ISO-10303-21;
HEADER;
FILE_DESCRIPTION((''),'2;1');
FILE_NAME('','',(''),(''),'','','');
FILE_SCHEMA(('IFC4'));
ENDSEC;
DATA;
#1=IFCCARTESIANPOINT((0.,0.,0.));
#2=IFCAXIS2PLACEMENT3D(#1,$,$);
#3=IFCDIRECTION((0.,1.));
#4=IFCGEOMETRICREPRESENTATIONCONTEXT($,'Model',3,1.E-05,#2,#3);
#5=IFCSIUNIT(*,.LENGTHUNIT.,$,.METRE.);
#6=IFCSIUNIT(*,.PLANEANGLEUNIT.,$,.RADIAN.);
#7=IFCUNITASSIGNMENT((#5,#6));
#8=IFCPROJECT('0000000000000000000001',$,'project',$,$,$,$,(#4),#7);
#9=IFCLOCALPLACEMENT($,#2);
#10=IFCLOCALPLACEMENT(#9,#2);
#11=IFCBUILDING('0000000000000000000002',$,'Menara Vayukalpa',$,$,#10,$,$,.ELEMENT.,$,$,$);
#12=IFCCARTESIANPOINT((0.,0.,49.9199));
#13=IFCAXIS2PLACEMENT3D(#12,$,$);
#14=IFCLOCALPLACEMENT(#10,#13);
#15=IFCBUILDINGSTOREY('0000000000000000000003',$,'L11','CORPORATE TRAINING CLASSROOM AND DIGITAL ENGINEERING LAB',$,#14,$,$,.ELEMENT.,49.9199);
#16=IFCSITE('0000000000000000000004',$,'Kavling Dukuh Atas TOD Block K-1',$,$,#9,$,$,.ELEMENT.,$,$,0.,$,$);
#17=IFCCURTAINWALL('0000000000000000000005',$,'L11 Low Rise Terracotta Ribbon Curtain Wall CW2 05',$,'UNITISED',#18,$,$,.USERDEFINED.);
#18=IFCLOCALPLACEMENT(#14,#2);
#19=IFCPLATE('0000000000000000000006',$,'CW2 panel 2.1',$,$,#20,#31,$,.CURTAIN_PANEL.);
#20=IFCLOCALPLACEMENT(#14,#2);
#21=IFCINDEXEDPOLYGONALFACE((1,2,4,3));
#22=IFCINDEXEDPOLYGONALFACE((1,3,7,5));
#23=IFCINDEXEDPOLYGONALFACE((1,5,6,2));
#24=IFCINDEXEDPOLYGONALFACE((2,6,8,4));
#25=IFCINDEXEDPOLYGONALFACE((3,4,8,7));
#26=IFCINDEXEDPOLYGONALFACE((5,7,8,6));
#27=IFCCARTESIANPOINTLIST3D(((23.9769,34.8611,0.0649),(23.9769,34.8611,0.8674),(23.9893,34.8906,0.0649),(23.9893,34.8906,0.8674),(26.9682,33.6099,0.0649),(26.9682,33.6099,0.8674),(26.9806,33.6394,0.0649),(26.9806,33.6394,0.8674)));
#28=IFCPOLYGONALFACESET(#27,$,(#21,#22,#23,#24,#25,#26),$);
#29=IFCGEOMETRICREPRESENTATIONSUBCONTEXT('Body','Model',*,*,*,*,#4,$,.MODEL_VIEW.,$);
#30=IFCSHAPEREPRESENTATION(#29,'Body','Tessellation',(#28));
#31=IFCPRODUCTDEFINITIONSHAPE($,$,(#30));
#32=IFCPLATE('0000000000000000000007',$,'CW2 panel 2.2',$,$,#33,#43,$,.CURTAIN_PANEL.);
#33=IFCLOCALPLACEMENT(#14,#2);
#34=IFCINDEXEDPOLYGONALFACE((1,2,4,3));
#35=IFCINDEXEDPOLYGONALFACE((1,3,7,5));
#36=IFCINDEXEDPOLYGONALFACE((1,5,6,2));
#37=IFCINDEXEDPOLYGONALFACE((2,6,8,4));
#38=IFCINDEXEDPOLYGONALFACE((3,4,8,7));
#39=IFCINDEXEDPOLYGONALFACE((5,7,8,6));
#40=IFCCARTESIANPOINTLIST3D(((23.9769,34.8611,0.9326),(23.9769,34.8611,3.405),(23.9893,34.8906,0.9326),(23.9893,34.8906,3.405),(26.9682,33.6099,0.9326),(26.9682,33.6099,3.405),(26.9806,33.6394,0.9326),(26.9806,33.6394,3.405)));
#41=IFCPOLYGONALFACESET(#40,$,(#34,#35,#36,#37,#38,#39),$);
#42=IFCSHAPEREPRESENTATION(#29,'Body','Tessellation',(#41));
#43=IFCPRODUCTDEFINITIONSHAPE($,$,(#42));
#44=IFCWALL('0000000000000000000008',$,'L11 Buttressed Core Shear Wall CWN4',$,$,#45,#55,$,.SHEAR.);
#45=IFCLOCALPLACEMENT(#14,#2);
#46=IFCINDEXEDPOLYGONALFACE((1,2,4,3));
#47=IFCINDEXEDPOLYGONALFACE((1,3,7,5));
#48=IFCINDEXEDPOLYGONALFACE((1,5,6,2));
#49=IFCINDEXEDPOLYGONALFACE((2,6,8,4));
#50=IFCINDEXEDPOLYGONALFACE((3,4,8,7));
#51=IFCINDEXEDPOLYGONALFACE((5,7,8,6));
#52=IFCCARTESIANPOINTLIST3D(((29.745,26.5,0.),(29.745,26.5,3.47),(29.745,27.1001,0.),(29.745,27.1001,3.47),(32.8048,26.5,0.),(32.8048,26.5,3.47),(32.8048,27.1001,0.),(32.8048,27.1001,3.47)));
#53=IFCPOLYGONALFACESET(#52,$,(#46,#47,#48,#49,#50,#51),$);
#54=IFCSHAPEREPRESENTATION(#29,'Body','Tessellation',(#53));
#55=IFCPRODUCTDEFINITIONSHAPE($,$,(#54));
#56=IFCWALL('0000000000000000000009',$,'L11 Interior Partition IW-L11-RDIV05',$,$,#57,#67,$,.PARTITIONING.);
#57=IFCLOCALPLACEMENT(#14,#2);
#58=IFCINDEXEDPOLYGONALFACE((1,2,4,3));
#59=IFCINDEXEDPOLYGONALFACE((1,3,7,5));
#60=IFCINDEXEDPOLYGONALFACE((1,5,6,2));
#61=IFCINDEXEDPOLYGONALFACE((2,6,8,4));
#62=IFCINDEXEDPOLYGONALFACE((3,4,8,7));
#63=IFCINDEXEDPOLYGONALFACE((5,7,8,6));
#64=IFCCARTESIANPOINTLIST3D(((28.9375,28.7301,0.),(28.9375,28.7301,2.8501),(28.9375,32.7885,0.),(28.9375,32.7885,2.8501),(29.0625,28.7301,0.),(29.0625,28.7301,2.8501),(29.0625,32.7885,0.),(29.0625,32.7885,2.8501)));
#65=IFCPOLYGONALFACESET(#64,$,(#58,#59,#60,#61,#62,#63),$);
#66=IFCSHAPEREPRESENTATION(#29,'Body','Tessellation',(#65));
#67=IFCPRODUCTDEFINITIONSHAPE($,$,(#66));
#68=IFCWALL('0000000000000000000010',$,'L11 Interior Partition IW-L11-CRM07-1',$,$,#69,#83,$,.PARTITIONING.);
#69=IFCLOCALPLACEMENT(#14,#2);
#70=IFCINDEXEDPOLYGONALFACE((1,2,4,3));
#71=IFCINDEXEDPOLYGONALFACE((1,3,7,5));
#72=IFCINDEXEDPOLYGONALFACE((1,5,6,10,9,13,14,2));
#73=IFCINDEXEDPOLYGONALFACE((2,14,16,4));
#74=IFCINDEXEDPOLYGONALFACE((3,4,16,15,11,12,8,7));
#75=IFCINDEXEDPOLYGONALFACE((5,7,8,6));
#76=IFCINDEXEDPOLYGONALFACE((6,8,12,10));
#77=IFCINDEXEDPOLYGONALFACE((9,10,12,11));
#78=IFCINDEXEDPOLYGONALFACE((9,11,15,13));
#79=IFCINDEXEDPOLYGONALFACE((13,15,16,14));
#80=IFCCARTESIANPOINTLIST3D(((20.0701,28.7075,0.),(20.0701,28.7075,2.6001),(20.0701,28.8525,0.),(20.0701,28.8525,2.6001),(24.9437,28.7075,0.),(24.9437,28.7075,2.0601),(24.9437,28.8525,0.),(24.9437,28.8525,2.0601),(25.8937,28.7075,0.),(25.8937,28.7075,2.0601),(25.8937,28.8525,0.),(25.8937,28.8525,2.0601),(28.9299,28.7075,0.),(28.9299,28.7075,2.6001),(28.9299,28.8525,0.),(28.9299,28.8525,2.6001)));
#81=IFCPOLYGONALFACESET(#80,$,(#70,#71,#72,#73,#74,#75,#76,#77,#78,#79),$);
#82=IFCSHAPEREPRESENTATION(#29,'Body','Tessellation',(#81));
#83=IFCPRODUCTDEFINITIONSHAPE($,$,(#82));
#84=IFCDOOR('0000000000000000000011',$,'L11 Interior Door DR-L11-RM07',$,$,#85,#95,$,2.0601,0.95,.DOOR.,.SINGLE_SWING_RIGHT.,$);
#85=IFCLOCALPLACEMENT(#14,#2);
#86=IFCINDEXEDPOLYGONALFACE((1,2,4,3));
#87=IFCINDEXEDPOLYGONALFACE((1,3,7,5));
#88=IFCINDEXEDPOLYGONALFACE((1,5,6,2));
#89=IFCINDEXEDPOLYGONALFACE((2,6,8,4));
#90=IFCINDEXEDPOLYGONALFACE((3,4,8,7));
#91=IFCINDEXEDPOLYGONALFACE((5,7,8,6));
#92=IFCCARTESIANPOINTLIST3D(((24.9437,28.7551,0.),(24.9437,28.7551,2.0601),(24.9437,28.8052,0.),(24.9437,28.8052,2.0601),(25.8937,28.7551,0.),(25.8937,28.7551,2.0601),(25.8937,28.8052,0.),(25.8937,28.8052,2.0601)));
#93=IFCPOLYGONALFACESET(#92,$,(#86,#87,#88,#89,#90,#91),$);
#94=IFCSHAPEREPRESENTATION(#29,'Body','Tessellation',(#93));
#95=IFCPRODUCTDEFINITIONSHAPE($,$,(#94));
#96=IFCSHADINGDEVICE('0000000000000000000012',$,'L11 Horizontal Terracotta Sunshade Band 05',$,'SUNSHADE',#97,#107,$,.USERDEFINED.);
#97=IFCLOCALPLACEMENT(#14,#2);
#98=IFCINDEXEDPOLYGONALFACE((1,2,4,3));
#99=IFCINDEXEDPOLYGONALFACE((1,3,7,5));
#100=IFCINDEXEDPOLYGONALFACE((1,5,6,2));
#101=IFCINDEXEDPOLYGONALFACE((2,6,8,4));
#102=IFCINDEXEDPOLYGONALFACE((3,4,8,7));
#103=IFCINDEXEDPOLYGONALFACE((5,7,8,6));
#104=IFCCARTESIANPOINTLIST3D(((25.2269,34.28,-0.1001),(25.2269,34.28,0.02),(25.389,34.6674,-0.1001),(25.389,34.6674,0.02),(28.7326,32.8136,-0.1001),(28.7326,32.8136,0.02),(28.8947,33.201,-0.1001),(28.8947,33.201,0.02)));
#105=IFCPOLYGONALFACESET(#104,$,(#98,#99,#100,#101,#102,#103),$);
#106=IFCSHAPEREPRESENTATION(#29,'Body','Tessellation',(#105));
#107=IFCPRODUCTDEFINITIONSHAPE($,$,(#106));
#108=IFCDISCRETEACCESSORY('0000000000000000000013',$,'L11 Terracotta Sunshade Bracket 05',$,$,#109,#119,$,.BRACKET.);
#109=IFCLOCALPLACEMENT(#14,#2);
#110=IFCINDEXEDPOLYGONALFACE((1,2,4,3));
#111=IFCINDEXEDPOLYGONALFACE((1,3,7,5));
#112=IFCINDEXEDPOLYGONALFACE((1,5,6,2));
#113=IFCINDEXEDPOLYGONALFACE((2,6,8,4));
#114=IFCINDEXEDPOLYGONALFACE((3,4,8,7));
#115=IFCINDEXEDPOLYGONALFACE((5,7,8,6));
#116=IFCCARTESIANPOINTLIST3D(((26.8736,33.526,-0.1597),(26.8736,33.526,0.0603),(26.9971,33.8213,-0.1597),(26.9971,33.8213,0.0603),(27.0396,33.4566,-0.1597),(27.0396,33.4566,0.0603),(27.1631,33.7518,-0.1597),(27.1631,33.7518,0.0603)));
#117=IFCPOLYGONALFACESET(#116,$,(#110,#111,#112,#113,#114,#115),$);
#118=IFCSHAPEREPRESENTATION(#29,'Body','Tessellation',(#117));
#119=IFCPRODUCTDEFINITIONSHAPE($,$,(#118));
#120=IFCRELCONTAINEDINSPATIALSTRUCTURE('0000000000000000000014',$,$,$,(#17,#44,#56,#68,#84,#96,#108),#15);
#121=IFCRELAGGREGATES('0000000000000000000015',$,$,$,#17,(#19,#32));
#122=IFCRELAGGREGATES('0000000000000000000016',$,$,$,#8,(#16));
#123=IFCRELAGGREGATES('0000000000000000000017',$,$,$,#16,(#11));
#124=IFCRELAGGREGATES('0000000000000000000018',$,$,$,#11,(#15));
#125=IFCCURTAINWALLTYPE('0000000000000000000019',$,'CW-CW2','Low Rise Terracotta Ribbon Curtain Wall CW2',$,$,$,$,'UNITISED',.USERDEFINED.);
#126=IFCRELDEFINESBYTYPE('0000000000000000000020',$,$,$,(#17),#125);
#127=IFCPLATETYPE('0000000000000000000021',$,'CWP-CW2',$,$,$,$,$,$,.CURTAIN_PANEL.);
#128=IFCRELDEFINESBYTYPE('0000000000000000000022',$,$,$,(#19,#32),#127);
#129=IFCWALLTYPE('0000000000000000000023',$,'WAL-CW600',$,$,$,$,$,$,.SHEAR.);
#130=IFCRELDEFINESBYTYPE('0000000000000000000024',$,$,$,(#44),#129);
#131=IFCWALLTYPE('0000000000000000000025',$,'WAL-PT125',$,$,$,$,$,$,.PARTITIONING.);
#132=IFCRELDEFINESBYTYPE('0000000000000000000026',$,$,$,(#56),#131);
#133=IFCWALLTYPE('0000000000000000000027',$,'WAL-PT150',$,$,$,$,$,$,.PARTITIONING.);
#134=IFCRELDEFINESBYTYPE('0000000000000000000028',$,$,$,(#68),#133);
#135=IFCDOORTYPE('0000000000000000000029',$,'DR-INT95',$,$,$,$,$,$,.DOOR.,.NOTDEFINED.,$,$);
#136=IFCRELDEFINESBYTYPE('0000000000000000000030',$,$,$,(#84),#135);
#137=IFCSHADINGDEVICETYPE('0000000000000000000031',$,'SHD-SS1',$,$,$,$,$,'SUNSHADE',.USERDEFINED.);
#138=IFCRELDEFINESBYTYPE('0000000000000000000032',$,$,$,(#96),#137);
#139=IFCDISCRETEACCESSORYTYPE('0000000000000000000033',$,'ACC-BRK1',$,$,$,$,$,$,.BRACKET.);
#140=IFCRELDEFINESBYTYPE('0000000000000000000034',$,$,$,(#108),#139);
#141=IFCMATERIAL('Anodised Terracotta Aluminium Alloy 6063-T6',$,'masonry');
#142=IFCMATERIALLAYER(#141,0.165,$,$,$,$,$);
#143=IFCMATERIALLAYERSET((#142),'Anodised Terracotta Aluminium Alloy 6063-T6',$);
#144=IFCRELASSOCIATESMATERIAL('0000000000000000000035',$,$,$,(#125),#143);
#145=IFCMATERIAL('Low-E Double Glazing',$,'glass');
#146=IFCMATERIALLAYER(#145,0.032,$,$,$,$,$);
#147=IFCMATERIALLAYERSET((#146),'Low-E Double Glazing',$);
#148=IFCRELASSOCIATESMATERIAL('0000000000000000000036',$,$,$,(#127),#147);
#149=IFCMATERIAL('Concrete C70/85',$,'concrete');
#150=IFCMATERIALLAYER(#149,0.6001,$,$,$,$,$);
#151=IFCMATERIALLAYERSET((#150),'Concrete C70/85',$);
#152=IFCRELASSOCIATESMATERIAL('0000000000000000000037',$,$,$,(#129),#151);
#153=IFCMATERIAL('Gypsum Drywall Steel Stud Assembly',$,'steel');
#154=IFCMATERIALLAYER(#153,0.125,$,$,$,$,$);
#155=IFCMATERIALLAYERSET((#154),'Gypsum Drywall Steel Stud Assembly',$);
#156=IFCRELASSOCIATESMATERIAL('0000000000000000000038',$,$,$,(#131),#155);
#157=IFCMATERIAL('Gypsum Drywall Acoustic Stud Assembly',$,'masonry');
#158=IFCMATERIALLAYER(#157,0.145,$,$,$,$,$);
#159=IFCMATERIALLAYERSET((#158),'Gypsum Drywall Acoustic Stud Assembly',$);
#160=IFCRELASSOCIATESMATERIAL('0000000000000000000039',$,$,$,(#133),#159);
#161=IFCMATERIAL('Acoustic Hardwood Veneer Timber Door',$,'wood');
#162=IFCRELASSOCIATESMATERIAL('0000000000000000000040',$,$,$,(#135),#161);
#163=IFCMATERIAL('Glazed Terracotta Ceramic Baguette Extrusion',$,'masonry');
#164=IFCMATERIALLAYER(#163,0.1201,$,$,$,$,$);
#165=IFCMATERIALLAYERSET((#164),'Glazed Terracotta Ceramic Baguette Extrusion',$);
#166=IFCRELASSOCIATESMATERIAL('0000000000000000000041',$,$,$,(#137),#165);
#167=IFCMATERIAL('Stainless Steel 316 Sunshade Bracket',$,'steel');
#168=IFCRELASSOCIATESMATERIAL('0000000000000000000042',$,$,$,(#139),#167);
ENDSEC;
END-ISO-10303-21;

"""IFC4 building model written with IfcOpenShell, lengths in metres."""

from ifc_helpers import new_model, si_unit, direction, frame, frame_2d, origin, origin_2d, place, context, subcontext, project, spatial, rectangle, extrude, material, layer, layer_set, type_object, element, fill, aggregate, save


model = new_model("IFC4")

# Units and contexts
model_context = context("Model", 3, precision=1e-05, world=origin(), true_north=direction((0.0, 1.0)))
body_context = subcontext(model_context, "Body", "Model", "MODEL_VIEW")
ifc_project = project(units=[si_unit("LENGTHUNIT", "METRE"), si_unit("PLANEANGLEUNIT", "RADIAN")], contexts=[model_context])

# Site, building, storey
site_placement = place(None, origin())
site = spatial("IfcSite", under=ifc_project, at=site_placement, Name="Kavling Dukuh Atas TOD Block K-1", CompositionType="ELEMENT", RefElevation=0.0)
building_placement = place(site_placement, origin())
building = spatial("IfcBuilding", under=site, at=building_placement, Name="Menara Vayukalpa", CompositionType="ELEMENT")
storey_placement = place(building_placement, frame((0.0, 0.0, 49.9199)))
storey = spatial("IfcBuildingStorey", under=building, at=storey_placement, Name="L11", Description="CORPORATE TRAINING CLASSROOM AND DIGITAL ENGINEERING LAB", CompositionType="ELEMENT", Elevation=49.9199)

# Shared definitions
ifc_material_1 = material(Name="Anodised Terracotta Aluminium Alloy 6063-T6", Category="masonry")
ifc_layer_1 = layer(ifc_material_1, 0.165)
ifc_layer_set_1 = layer_set([ifc_layer_1], Name="Anodised Terracotta Aluminium Alloy 6063-T6")
curtain_wall_type = type_object("IfcCurtainWallType", Name="CW-CW2", Description="Low Rise Terracotta Ribbon Curtain Wall CW2", ElementType="UNITISED", PredefinedType="USERDEFINED", material=ifc_layer_set_1)

# Curtain wall, plates
curtain_wall_1_placement = place(storey_placement, origin())
curtain_wall_1 = element("IfcCurtainWall", 1, at=curtain_wall_1_placement, inside=storey, type_object=curtain_wall_type, Name="L11 Low Rise Terracotta Ribbon Curtain Wall CW2 05", ObjectType="UNITISED", PredefinedType="USERDEFINED")
ifc_material_2 = material(Name="Low-E Double Glazing", Category="glass")
ifc_layer_2 = layer(ifc_material_2, 0.032)
ifc_layer_set_2 = layer_set([ifc_layer_2], Name="Low-E Double Glazing")
plate_type = type_object("IfcPlateType", Name="CWP-CW2", PredefinedType="CURTAIN_PANEL", material=ifc_layer_set_2)
plate_1_placement = place(storey_placement, frame((25.4788, 34.2502, 0.0649), z_axis=(0.0, 0.0, 1.0), x_axis=(-0.922543, 0.385895, 0.0)))
plate_1 = element("IfcPlate", 2, at=plate_1_placement, type_object=plate_type, Name="CW2 panel 2.1", PredefinedType="CURTAIN_PANEL", context=body_context, shape_type="SweptSolid", body=[
    extrude(rectangle(XDim=3.2424, YDim=0.032, at=origin_2d()), origin(), (0.0, 0.0, 1.0), 0.8025),
])
plate_2_placement = place(storey_placement, frame((25.4788, 34.2502, 0.9326), z_axis=(0.0, 0.0, 1.0), x_axis=(-0.922543, 0.385895, 0.0)))
plate_2 = element("IfcPlate", 3, at=plate_2_placement, type_object=plate_type, Name="CW2 panel 2.2", PredefinedType="CURTAIN_PANEL", context=body_context, shape_type="SweptSolid", body=[
    extrude(rectangle(XDim=3.2424, YDim=0.032, at=origin_2d()), origin(), (0.0, 0.0, 1.0), 2.4724),
])
aggregate(curtain_wall_1, [plate_1, plate_2])

# Walls
ifc_material_3 = material(Name="Concrete C70/85", Category="concrete")
ifc_layer_3 = layer(ifc_material_3, 0.6001)
ifc_layer_set_3 = layer_set([ifc_layer_3], Name="Concrete C70/85")
wall_type_1 = type_object("IfcWallType", Name="WAL-CW600", PredefinedType="SHEAR", material=ifc_layer_set_3)
wall_1_placement = place(storey_placement, frame((29.7451, 26.8, 0.0), z_axis=(0.0, 0.0, 1.0), x_axis=(1.0, 0.0, 0.0)))
element("IfcWall", 4, at=wall_1_placement, inside=storey, type_object=wall_type_1, Name="L11 Buttressed Core Shear Wall CWN4", PredefinedType="SHEAR", context=body_context, shape_type="SweptSolid", body=[
    extrude(rectangle(XDim=3.0598, YDim=0.6001, at=frame_2d((1.5298, 0.0))), origin(), (0.0, 0.0, 1.0), 3.47),
])
ifc_material_4 = material(Name="Gypsum Drywall Steel Stud Assembly", Category="steel")
ifc_layer_4 = layer(ifc_material_4, 0.125)
ifc_layer_set_4 = layer_set([ifc_layer_4], Name="Gypsum Drywall Steel Stud Assembly")
wall_type_2 = type_object("IfcWallType", Name="WAL-PT125", PredefinedType="PARTITIONING", material=ifc_layer_set_4)
wall_2_placement = place(storey_placement, frame((29.0, 28.73, 0.0), z_axis=(0.0, 0.0, 1.0), x_axis=(0.0, 1.0, 0.0)))
element("IfcWall", 5, at=wall_2_placement, inside=storey, type_object=wall_type_2, Name="L11 Interior Partition IW-L11-RDIV05", PredefinedType="PARTITIONING", context=body_context, shape_type="SweptSolid", body=[
    extrude(rectangle(XDim=4.0583, YDim=0.125, at=frame_2d((2.0293, 0.0))), origin(), (0.0, 0.0, 1.0), 2.8501),
])

# Wall, opening, door
ifc_material_5 = material(Name="Gypsum Drywall Acoustic Stud Assembly", Category="masonry")
ifc_layer_5 = layer(ifc_material_5, 0.145)
ifc_layer_set_5 = layer_set([ifc_layer_5], Name="Gypsum Drywall Acoustic Stud Assembly")
wall_type_3 = type_object("IfcWallType", Name="WAL-PT150", PredefinedType="PARTITIONING", material=ifc_layer_set_5)
wall_3_placement = place(storey_placement, frame((28.9299, 28.78, 0.0), z_axis=(0.0, 0.0, 1.0), x_axis=(-1.0, 0.0, 0.0)))
wall_3 = element("IfcWall", 6, at=wall_3_placement, inside=storey, type_object=wall_type_3, Name="L11 Interior Partition IW-L11-CRM07-1", PredefinedType="PARTITIONING", context=body_context, shape_type="SweptSolid", body=[
    extrude(rectangle(XDim=8.8599, YDim=0.145, at=frame_2d((4.4299, 0.0))), origin(), (0.0, 0.0, 1.0), 2.6001),
])
opening_placement = place(wall_3_placement, frame((3.0361, 0.0, 0.0)))
opening = element("IfcOpeningElement", 7, at=opening_placement, cuts=wall_3, PredefinedType="OPENING", context=body_context, shape_type="SweptSolid", body=[
    extrude(rectangle(XDim=0.95, YDim=2.0601, at=frame_2d((0.4751, 1.03))), frame((0.0, 0.0825, 0.0), z_axis=(0.0, -1.0, 0.0), x_axis=(1.0, 0.0, 0.0)), (0.0, 0.0, 1.0), 0.165),
])
ifc_material_6 = material(Name="Acoustic Hardwood Veneer Timber Door", Category="wood")
door_type = type_object("IfcDoorType", Name="DR-INT95", OperationType="NOTDEFINED", PredefinedType="DOOR", material=ifc_material_6)
door_placement = place(opening_placement, origin())
door = element("IfcDoor", 8, at=door_placement, inside=storey, type_object=door_type, Name="L11 Interior Door DR-L11-RM07", OperationType="SINGLE_SWING_RIGHT", OverallHeight=2.0601, OverallWidth=0.95, PredefinedType="DOOR", context=body_context, shape_type="SweptSolid", body=[
    extrude(rectangle(XDim=0.95, YDim=2.0601, at=frame_2d((0.4751, 1.03))), frame((0.0, 0.0249, 0.0), z_axis=(0.0, -1.0, 0.0), x_axis=(1.0, 0.0, 0.0)), (0.0, 0.0, 1.0), 0.05),
])
fill(opening, door)

# Shading device
ifc_material_7 = material(Name="Glazed Terracotta Ceramic Baguette Extrusion", Category="masonry")
ifc_layer_6 = layer(ifc_material_7, 0.1201)
ifc_layer_set_6 = layer_set([ifc_layer_6], Name="Glazed Terracotta Ceramic Baguette Extrusion")
shading_device_type = type_object("IfcShadingDeviceType", Name="SHD-SS1", ElementType="SUNSHADE", PredefinedType="USERDEFINED", material=ifc_layer_set_6)
shading_device_placement = place(storey_placement, frame((27.0608, 33.7405, -0.1001), z_axis=(0.0, 0.0, 1.0), x_axis=(-0.922545, 0.38589, 0.0)))
element("IfcShadingDevice", 9, at=shading_device_placement, inside=storey, type_object=shading_device_type, Name="L11 Horizontal Terracotta Sunshade Band 05", ObjectType="SUNSHADE", PredefinedType="USERDEFINED", context=body_context, shape_type="SweptSolid", body=[
    extrude(rectangle(XDim=3.8, YDim=0.4199, at=origin_2d()), origin(), (0.0, 0.0, 1.0), 0.1201),
])

# Discrete accessory
ifc_material_8 = material(Name="Stainless Steel 316 Sunshade Bracket", Category="steel")
discrete_accessory_type = type_object("IfcDiscreteAccessoryType", Name="ACC-BRK1", PredefinedType="BRACKET", material=ifc_material_8)
discrete_accessory_placement = place(storey_placement, frame((27.0183, 33.6389, -0.1597), z_axis=(0.0, 0.0, 1.0), x_axis=(-0.922545, 0.38589, 0.0)))
element("IfcDiscreteAccessory", 10, at=discrete_accessory_placement, inside=storey, type_object=discrete_accessory_type, Name="L11 Terracotta Sunshade Bracket 05", PredefinedType="BRACKET", context=body_context, shape_type="SweptSolid", body=[
    extrude(rectangle(XDim=0.1799, YDim=0.3201, at=origin_2d()), origin(), (0.0, 0.0, 1.0), 0.22),
])

save(model, "model.ifc")
